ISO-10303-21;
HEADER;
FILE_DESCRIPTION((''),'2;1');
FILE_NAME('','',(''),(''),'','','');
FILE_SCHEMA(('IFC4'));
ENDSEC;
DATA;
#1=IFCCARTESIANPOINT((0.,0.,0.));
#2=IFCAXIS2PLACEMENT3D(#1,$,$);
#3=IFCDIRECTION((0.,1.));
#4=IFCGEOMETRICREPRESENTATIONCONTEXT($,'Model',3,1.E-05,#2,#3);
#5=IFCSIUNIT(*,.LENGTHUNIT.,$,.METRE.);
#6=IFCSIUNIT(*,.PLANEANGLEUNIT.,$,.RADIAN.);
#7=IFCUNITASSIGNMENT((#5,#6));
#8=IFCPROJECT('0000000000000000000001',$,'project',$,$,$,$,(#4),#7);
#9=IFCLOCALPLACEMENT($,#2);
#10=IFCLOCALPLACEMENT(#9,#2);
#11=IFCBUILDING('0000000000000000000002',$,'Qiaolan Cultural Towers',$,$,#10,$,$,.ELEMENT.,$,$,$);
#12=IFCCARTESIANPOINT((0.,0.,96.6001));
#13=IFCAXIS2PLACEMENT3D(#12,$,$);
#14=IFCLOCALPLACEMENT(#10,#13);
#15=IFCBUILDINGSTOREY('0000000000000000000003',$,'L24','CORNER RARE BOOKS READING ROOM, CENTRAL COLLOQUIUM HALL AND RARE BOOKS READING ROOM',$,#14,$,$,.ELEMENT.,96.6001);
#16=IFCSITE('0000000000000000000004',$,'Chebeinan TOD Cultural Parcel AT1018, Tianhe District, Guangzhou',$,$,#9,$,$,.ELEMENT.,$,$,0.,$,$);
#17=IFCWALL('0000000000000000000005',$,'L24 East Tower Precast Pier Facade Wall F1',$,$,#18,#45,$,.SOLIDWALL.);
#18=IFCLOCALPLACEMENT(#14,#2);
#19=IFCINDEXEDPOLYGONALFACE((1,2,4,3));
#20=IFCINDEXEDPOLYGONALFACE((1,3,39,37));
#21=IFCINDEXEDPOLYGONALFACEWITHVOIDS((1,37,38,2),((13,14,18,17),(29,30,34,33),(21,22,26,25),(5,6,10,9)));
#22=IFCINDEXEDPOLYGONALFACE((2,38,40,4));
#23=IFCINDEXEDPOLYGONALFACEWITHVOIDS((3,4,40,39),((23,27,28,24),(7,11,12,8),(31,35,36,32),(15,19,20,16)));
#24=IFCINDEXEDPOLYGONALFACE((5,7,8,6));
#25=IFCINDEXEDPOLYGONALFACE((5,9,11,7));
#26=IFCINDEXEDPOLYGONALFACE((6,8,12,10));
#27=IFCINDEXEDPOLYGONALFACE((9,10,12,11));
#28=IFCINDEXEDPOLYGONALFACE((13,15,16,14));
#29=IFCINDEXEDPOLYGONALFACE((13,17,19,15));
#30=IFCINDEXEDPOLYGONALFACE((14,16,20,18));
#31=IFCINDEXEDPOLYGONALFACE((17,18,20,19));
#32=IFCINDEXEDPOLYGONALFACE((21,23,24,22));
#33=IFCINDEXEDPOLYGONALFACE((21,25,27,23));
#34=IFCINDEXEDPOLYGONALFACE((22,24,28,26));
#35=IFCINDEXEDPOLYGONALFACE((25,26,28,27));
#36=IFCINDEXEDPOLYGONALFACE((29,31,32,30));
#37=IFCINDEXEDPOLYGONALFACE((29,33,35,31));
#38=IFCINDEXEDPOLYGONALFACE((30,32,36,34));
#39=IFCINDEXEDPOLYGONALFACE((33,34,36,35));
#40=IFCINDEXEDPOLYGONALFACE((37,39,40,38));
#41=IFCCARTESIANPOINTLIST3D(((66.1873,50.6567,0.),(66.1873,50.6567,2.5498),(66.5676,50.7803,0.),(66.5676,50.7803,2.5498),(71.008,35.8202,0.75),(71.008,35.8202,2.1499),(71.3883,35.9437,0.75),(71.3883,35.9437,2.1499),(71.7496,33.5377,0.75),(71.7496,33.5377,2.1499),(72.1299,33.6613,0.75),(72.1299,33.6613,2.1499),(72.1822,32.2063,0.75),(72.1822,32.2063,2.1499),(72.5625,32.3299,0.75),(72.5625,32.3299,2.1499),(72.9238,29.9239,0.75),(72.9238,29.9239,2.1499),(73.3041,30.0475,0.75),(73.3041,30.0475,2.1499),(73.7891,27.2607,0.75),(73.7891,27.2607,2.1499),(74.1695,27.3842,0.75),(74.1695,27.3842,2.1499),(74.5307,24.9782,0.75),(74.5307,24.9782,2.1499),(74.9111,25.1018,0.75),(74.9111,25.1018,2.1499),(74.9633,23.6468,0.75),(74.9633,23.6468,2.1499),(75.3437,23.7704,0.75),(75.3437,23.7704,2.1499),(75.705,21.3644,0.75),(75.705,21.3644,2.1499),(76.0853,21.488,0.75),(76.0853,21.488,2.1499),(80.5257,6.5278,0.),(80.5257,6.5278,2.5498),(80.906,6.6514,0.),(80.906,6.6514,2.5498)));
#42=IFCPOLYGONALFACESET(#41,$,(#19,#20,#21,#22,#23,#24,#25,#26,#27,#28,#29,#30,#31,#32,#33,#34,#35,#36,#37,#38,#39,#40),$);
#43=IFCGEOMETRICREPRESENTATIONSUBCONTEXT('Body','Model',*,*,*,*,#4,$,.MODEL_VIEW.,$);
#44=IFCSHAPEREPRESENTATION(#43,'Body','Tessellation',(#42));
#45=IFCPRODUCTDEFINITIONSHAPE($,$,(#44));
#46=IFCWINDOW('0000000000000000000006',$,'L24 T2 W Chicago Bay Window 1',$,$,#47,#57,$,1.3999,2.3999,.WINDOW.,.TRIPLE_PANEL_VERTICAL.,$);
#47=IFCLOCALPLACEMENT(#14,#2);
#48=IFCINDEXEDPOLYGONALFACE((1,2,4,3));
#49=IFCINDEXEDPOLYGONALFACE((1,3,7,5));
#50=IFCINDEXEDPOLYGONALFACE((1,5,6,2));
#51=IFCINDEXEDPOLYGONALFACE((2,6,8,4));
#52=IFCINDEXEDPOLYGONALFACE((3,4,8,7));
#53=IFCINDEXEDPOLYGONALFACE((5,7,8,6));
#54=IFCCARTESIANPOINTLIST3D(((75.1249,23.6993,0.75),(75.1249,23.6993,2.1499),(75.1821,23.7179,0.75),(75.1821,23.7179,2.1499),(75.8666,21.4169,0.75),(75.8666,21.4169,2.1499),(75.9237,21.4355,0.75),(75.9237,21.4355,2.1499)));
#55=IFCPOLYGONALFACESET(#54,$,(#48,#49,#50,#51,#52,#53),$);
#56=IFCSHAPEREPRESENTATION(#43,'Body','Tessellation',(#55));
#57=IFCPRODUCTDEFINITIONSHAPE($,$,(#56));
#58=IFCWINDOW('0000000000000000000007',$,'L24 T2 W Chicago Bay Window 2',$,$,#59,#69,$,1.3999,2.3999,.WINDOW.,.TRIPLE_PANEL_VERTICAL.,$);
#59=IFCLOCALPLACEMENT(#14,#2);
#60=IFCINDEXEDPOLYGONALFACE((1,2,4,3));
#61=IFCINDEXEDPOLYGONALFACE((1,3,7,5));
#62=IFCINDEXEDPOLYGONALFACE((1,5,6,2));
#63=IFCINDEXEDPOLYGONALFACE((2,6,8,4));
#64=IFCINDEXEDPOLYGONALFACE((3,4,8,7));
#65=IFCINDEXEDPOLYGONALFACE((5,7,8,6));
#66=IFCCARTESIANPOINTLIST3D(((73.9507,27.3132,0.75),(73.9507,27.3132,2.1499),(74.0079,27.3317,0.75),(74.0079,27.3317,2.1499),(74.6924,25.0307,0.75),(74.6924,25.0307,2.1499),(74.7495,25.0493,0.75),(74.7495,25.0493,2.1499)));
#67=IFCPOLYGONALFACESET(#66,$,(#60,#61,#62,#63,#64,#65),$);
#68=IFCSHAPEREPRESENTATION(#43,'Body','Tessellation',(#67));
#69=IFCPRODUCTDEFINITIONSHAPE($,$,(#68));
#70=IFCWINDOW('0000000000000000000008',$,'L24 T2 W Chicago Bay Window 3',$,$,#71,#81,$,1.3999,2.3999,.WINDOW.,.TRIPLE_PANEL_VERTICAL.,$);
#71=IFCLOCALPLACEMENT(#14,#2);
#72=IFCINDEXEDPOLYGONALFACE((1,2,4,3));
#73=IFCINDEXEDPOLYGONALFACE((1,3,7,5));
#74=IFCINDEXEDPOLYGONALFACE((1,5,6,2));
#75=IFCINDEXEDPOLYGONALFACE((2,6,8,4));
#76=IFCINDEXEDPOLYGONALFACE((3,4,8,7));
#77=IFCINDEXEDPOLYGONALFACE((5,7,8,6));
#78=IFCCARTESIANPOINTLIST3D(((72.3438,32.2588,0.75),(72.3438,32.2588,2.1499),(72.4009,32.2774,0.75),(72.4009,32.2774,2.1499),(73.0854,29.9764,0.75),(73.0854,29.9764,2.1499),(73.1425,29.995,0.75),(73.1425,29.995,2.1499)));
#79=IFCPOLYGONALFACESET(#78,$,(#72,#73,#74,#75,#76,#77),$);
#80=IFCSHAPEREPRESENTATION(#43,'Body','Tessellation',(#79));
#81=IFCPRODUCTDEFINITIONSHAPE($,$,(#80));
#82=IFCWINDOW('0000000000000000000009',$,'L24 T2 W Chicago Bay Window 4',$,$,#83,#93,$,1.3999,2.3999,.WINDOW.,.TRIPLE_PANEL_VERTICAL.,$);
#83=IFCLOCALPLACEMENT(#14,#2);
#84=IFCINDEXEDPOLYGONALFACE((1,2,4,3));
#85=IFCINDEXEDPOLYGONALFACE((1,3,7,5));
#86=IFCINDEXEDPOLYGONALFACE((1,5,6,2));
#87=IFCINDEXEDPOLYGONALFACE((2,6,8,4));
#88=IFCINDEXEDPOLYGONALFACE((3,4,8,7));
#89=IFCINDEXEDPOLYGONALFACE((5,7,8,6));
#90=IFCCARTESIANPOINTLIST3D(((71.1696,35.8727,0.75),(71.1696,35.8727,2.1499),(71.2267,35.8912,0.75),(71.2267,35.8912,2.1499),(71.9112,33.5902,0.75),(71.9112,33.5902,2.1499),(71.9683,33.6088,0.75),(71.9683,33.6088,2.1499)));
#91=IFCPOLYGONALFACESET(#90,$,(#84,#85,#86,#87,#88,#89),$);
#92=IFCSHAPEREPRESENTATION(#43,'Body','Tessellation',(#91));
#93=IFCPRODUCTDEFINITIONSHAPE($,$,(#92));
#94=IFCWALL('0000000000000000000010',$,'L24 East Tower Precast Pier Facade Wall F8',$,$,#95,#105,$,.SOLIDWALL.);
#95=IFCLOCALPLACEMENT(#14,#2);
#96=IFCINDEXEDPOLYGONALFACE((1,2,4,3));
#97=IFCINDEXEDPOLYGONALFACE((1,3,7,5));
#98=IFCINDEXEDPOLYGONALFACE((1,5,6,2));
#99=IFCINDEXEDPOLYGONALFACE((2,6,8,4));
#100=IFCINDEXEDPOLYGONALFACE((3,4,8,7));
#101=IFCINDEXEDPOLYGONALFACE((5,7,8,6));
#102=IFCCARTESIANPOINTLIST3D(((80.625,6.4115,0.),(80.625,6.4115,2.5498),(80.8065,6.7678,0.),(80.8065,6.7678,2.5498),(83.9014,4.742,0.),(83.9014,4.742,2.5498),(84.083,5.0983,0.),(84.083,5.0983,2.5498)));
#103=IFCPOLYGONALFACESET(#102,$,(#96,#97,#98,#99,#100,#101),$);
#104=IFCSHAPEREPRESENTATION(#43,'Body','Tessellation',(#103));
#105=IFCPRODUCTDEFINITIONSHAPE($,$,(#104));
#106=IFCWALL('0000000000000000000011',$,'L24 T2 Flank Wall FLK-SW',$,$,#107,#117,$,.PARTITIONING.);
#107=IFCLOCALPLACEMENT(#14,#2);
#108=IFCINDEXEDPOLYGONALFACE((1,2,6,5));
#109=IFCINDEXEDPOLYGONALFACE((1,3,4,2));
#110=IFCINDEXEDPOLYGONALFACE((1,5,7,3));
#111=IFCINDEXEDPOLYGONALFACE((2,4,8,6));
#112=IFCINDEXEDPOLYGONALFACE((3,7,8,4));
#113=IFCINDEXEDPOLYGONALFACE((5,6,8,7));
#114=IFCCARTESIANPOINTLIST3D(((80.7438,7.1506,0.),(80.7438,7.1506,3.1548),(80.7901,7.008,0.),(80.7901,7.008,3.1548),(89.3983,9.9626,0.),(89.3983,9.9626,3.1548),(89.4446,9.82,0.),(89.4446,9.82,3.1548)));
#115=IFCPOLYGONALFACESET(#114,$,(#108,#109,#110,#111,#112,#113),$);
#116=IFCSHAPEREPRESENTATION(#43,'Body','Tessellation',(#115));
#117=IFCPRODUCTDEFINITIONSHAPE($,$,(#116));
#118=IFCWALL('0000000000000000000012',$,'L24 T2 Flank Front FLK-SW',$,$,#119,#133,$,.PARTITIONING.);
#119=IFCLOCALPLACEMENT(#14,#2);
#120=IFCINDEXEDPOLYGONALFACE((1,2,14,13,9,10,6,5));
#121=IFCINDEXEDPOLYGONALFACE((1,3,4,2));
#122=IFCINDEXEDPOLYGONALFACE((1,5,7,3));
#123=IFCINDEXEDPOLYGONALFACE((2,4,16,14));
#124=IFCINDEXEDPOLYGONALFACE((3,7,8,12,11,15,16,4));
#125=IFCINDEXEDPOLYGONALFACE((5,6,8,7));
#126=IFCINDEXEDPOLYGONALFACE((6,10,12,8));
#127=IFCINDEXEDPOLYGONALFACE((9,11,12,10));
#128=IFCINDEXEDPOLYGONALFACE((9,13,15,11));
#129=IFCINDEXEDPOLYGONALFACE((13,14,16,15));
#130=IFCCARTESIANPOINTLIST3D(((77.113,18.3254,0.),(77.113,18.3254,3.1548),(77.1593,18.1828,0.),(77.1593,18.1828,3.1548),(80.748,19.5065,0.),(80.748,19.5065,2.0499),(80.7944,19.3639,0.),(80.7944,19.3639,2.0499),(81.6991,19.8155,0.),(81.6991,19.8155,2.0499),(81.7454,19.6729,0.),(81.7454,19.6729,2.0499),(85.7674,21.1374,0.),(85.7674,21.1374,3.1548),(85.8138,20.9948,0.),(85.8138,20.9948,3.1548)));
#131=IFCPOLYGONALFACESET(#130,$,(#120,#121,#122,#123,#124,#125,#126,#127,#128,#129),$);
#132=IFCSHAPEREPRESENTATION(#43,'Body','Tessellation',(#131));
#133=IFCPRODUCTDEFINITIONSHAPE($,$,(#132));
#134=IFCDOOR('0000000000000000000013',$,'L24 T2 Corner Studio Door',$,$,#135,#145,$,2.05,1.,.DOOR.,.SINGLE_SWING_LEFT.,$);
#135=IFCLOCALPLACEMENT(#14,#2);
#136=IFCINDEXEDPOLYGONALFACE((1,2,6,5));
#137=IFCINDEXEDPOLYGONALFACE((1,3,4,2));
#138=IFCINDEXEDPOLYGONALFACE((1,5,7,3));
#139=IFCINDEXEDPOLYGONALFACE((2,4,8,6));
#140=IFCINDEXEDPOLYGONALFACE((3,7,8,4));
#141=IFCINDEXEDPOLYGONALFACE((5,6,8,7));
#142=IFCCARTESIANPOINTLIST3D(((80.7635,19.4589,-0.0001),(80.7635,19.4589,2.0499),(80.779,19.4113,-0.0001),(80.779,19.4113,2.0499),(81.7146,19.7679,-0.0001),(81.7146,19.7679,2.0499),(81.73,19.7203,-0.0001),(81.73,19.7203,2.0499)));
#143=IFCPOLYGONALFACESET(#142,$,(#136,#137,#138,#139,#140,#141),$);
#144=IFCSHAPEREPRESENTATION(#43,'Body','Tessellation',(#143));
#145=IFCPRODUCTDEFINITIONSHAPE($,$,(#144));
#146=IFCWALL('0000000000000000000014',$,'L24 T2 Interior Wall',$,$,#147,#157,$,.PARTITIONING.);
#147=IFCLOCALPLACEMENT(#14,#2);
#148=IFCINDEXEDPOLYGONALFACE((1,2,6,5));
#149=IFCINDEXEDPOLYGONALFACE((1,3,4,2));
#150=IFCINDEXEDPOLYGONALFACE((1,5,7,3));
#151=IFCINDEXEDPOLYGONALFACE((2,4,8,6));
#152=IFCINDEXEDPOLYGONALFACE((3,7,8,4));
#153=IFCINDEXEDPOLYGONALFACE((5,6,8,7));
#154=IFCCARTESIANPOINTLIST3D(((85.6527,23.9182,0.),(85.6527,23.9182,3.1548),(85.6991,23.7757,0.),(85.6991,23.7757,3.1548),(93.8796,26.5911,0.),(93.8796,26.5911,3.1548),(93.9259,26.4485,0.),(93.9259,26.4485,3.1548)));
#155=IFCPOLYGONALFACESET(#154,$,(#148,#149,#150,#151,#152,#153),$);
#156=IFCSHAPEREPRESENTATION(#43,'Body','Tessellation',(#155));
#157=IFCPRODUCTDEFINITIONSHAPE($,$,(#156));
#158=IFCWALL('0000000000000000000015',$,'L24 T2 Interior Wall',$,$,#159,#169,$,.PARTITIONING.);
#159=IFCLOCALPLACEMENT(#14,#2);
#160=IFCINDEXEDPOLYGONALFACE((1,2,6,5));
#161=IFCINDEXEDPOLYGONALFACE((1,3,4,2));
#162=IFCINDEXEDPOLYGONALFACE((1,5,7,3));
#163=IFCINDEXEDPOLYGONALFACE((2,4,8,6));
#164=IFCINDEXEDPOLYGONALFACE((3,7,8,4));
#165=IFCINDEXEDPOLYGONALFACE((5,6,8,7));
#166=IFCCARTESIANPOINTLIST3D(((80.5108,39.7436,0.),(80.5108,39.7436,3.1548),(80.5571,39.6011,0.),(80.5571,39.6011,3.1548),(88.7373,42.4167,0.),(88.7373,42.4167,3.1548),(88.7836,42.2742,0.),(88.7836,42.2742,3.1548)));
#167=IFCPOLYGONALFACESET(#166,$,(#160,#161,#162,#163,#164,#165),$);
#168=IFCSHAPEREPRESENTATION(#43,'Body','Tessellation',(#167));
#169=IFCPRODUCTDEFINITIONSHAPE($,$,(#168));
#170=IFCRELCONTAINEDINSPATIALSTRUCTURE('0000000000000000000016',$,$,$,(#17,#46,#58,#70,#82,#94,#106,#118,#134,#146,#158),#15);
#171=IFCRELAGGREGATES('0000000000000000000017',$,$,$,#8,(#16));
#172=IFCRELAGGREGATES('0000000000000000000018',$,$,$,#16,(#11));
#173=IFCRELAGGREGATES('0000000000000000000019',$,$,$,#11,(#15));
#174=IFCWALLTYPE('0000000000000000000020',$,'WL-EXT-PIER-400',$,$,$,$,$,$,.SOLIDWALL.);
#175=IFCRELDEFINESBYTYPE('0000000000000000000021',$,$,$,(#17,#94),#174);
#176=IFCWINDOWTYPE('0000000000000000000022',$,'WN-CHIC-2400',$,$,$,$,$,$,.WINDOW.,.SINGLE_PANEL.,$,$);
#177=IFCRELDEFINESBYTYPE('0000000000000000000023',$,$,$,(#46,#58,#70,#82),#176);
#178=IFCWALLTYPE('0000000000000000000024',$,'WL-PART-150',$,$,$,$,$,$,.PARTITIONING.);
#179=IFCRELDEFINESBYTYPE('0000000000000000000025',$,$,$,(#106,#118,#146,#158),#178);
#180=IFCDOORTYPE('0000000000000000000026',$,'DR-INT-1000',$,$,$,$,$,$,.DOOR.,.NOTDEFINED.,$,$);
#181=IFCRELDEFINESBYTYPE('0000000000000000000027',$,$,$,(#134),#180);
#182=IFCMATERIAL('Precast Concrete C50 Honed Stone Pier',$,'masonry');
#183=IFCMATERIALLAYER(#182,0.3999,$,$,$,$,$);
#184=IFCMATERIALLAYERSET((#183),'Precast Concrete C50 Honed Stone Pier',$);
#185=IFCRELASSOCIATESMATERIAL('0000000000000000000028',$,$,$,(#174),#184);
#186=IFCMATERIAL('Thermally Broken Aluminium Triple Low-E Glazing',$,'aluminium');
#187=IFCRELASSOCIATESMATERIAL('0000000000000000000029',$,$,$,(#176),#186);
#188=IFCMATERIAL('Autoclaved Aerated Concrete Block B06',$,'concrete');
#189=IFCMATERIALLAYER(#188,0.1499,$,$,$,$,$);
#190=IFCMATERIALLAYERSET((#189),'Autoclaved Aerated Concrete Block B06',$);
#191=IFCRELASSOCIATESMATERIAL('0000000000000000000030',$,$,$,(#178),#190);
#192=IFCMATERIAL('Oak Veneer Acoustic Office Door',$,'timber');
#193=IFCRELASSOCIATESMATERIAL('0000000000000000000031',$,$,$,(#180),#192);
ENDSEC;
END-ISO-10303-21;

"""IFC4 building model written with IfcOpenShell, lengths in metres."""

from ifc_helpers import new_model, si_unit, direction, frame, frame_2d, origin, place, context, subcontext, project, spatial, rectangle, extrude, material, layer, layer_set, type_object, element, fill, save


model = new_model("IFC4")

# Units and contexts
model_context = context("Model", 3, precision=1e-05, world=origin(), true_north=direction((0.0, 1.0)))
body_context = subcontext(model_context, "Body", "Model", "MODEL_VIEW")
ifc_project = project(units=[si_unit("LENGTHUNIT", "METRE"), si_unit("PLANEANGLEUNIT", "RADIAN")], contexts=[model_context])

# Site, building, storey
site_placement = place(None, origin())
site = spatial("IfcSite", under=ifc_project, at=site_placement, Name="Chebeinan TOD Cultural Parcel AT1018, Tianhe District, Guangzhou", CompositionType="ELEMENT", RefElevation=0.0)
building_placement = place(site_placement, origin())
building = spatial("IfcBuilding", under=site, at=building_placement, Name="Qiaolan Cultural Towers", CompositionType="ELEMENT")
storey_placement = place(building_placement, frame((0.0, 0.0, 96.6001)))
storey = spatial("IfcBuildingStorey", under=building, at=storey_placement, Name="L24", Description="CORNER RARE BOOKS READING ROOM, CENTRAL COLLOQUIUM HALL AND RARE BOOKS READING ROOM", CompositionType="ELEMENT", Elevation=96.6001)

# Wall, openings, windows
ifc_material_1 = material(Name="Precast Concrete C50 Honed Stone Pier", Category="masonry")
ifc_layer_1 = layer(ifc_material_1, 0.3999)
ifc_layer_set_1 = layer_set([ifc_layer_1], Name="Precast Concrete C50 Honed Stone Pier")
wall_type_1 = type_object("IfcWallType", Name="WL-EXT-PIER-400", PredefinedType="SOLIDWALL", material=ifc_layer_set_1)
wall_1_placement = place(storey_placement, frame((80.7158, 6.5896, 0.0), z_axis=(0.0, 0.0, 1.0), x_axis=(-0.309018, 0.951056, 0.0)))
wall_1 = element("IfcWall", 1, at=wall_1_placement, inside=storey, type_object=wall_type_1, Name="L24 East Tower Precast Pier Facade Wall F1", PredefinedType="SOLIDWALL", context=body_context, shape_type="SweptSolid", body=[
    extrude(rectangle(XDim=46.3999, YDim=0.3999, at=frame_2d((23.2, 0.0))), origin(), (0.0, 0.0, 1.0), 2.5498),
])
opening_1_placement = place(wall_1_placement, frame((15.6001, 0.0, 0.75)))
opening_1 = element("IfcOpeningElement", 2, at=opening_1_placement, cuts=wall_1, PredefinedType="OPENING", context=body_context, shape_type="SweptSolid", body=[
    extrude(rectangle(XDim=2.3999, YDim=1.3999, at=frame_2d((1.2, 0.7))), frame((0.0, 0.21, 0.0), z_axis=(0.0, -1.0, 0.0), x_axis=(1.0, 0.0, 0.0)), (0.0, 0.0, 1.0), 0.4199),
])
opening_2_placement = place(wall_1_placement, frame((19.3999, 0.0, 0.75)))
opening_2 = element("IfcOpeningElement", 3, at=opening_2_placement, cuts=wall_1, PredefinedType="OPENING", context=body_context, shape_type="SweptSolid", body=[
    extrude(rectangle(XDim=2.3999, YDim=1.3999, at=frame_2d((1.2, 0.7))), frame((0.0, 0.21, 0.0), z_axis=(0.0, -1.0, 0.0), x_axis=(1.0, 0.0, 0.0)), (0.0, 0.0, 1.0), 0.4199),
])
opening_3_placement = place(wall_1_placement, frame((24.6001, 0.0, 0.75)))
opening_3 = element("IfcOpeningElement", 4, at=opening_3_placement, cuts=wall_1, PredefinedType="OPENING", context=body_context, shape_type="SweptSolid", body=[
    extrude(rectangle(XDim=2.3999, YDim=1.3999, at=frame_2d((1.2, 0.7))), frame((0.0, 0.21, 0.0), z_axis=(0.0, -1.0, 0.0), x_axis=(1.0, 0.0, 0.0)), (0.0, 0.0, 1.0), 0.4199),
])
opening_4_placement = place(wall_1_placement, frame((28.3999, 0.0, 0.75)))
opening_4 = element("IfcOpeningElement", 5, at=opening_4_placement, cuts=wall_1, PredefinedType="OPENING", context=body_context, shape_type="SweptSolid", body=[
    extrude(rectangle(XDim=2.3999, YDim=1.3999, at=frame_2d((1.2, 0.7))), frame((0.0, 0.21, 0.0), z_axis=(0.0, -1.0, 0.0), x_axis=(1.0, 0.0, 0.0)), (0.0, 0.0, 1.0), 0.4199),
])
ifc_material_2 = material(Name="Thermally Broken Aluminium Triple Low-E Glazing", Category="aluminium")
window_type = type_object("IfcWindowType", Name="WN-CHIC-2400", PartitioningType="SINGLE_PANEL", PredefinedType="WINDOW", material=ifc_material_2)
window_1_placement = place(opening_1_placement, origin())
window_1 = element("IfcWindow", 6, at=window_1_placement, inside=storey, type_object=window_type, Name="L24 T2 W Chicago Bay Window 1", OverallHeight=1.3999, OverallWidth=2.3999, PartitioningType="TRIPLE_PANEL_VERTICAL", PredefinedType="WINDOW", context=body_context, shape_type="SweptSolid", body=[
    extrude(rectangle(XDim=2.3999, YDim=1.3999, at=frame_2d((1.2, 0.7))), frame((0.0, 0.03, 0.0), z_axis=(0.0, -1.0, 0.0), x_axis=(1.0, 0.0, 0.0)), (0.0, 0.0, 1.0), 0.0601),
])
fill(opening_1, window_1)
window_2_placement = place(opening_2_placement, origin())
window_2 = element("IfcWindow", 7, at=window_2_placement, inside=storey, type_object=window_type, Name="L24 T2 W Chicago Bay Window 2", OverallHeight=1.3999, OverallWidth=2.3999, PartitioningType="TRIPLE_PANEL_VERTICAL", PredefinedType="WINDOW", context=body_context, shape_type="SweptSolid", body=[
    extrude(rectangle(XDim=2.3999, YDim=1.3999, at=frame_2d((1.2, 0.7))), frame((0.0, 0.03, 0.0), z_axis=(0.0, -1.0, 0.0), x_axis=(1.0, 0.0, 0.0)), (0.0, 0.0, 1.0), 0.0601),
])
fill(opening_2, window_2)
window_3_placement = place(opening_3_placement, origin())
window_3 = element("IfcWindow", 8, at=window_3_placement, inside=storey, type_object=window_type, Name="L24 T2 W Chicago Bay Window 3", OverallHeight=1.3999, OverallWidth=2.3999, PartitioningType="TRIPLE_PANEL_VERTICAL", PredefinedType="WINDOW", context=body_context, shape_type="SweptSolid", body=[
    extrude(rectangle(XDim=2.3999, YDim=1.3999, at=frame_2d((1.2, 0.7))), frame((0.0, 0.03, 0.0), z_axis=(0.0, -1.0, 0.0), x_axis=(1.0, 0.0, 0.0)), (0.0, 0.0, 1.0), 0.0601),
])
fill(opening_3, window_3)
window_4_placement = place(opening_4_placement, origin())
window_4 = element("IfcWindow", 9, at=window_4_placement, inside=storey, type_object=window_type, Name="L24 T2 W Chicago Bay Window 4", OverallHeight=1.3999, OverallWidth=2.3999, PartitioningType="TRIPLE_PANEL_VERTICAL", PredefinedType="WINDOW", context=body_context, shape_type="SweptSolid", body=[
    extrude(rectangle(XDim=2.3999, YDim=1.3999, at=frame_2d((1.2, 0.7))), frame((0.0, 0.03, 0.0), z_axis=(0.0, -1.0, 0.0), x_axis=(1.0, 0.0, 0.0)), (0.0, 0.0, 1.0), 0.0601),
])
fill(opening_4, window_4)

# Walls
wall_2_placement = place(storey_placement, frame((83.9922, 4.9202, 0.0), z_axis=(0.0, 0.0, 1.0), x_axis=(-0.891002, 0.453999, 0.0)))
element("IfcWall", 10, at=wall_2_placement, inside=storey, type_object=wall_type_1, Name="L24 East Tower Precast Pier Facade Wall F8", PredefinedType="SOLIDWALL", context=body_context, shape_type="SweptSolid", body=[
    extrude(rectangle(XDim=3.6772, YDim=0.3999, at=frame_2d((1.8386, 0.0))), origin(), (0.0, 0.0, 1.0), 2.5498),
])
ifc_material_3 = material(Name="Autoclaved Aerated Concrete Block B06", Category="concrete")
ifc_layer_2 = layer(ifc_material_3, 0.1499)
ifc_layer_set_2 = layer_set([ifc_layer_2], Name="Autoclaved Aerated Concrete Block B06")
wall_type_2 = type_object("IfcWallType", Name="WL-PART-150", PredefinedType="PARTITIONING", material=ifc_layer_set_2)
wall_3_placement = place(storey_placement, frame((80.7671, 7.0793, 0.0), z_axis=(0.0, 0.0, 1.0), x_axis=(0.951057, 0.309015, 0.0)))
element("IfcWall", 11, at=wall_3_placement, inside=storey, type_object=wall_type_2, Name="L24 T2 Flank Wall FLK-SW", PredefinedType="PARTITIONING", context=body_context, shape_type="SweptSolid", body=[
    extrude(rectangle(XDim=9.0999, YDim=0.1499, at=frame_2d((4.5498, 0.0))), origin(), (0.0, 0.0, 1.0), 3.1548),
])

# Wall, opening, door
wall_4_placement = place(storey_placement, frame((77.1362, 18.2542, 0.0), z_axis=(0.0, 0.0, 1.0), x_axis=(0.951057, 0.309015, 0.0)))
wall_4 = element("IfcWall", 12, at=wall_4_placement, inside=storey, type_object=wall_type_2, Name="L24 T2 Flank Front FLK-SW", PredefinedType="PARTITIONING", context=body_context, shape_type="SweptSolid", body=[
    extrude(rectangle(XDim=9.0999, YDim=0.1499, at=frame_2d((4.5498, 0.0))), origin(), (0.0, 0.0, 1.0), 3.1548),
])
opening_5_placement = place(wall_4_placement, frame((3.822, 0.0, 0.0)))
opening_5 = element("IfcOpeningElement", 13, at=opening_5_placement, cuts=wall_4, PredefinedType="OPENING", context=body_context, shape_type="SweptSolid", body=[
    extrude(rectangle(XDim=1.0, YDim=2.05, at=frame_2d((0.5, 1.0249))), frame((0.0, 0.085, 0.0), z_axis=(0.0, -1.0, 0.0), x_axis=(1.0, 0.0, 0.0)), (0.0, 0.0, 1.0), 0.1699),
])
ifc_material_4 = material(Name="Oak Veneer Acoustic Office Door", Category="timber")
door_type_1 = type_object("IfcDoorType", Name="DR-INT-1000", OperationType="NOTDEFINED", PredefinedType="DOOR", material=ifc_material_4)
door_1_placement = place(opening_5_placement, origin())
door_1 = element("IfcDoor", 14, at=door_1_placement, inside=storey, type_object=door_type_1, Name="L24 T2 Corner Studio Door", OperationType="SINGLE_SWING_LEFT", OverallHeight=2.05, OverallWidth=1.0, PredefinedType="DOOR", context=body_context, shape_type="SweptSolid", body=[
    extrude(rectangle(XDim=1.0, YDim=2.05, at=frame_2d((0.5, 1.0249))), frame((0.0, 0.0249, 0.0), z_axis=(0.0, -1.0, 0.0), x_axis=(1.0, 0.0, 0.0)), (0.0, 0.0, 1.0), 0.05),
])
fill(opening_5, door_1)

# Walls
wall_5_placement = place(storey_placement, frame((85.6758, 23.8469, 0.0), z_axis=(0.0, 0.0, 1.0), x_axis=(0.951063, 0.308996, 0.0)))
element("IfcWall", 15, at=wall_5_placement, inside=storey, type_object=wall_type_2, Name="L24 T2 Interior Wall", PredefinedType="PARTITIONING", context=body_context, shape_type="SweptSolid", body=[
    extrude(rectangle(XDim=8.6501, YDim=0.1499, at=frame_2d((4.3252, 0.0))), origin(), (0.0, 0.0, 1.0), 3.1548),
])
wall_6_placement = place(storey_placement, frame((80.5339, 39.6724, 0.0), z_axis=(0.0, 0.0, 1.0), x_axis=(0.951052, 0.30903, 0.0)))
element("IfcWall", 16, at=wall_6_placement, inside=storey, type_object=wall_type_2, Name="L24 T2 Interior Wall", PredefinedType="PARTITIONING", context=body_context, shape_type="SweptSolid", body=[
    extrude(rectangle(XDim=8.6499, YDim=0.1499, at=frame_2d((4.325, 0.0))), origin(), (0.0, 0.0, 1.0), 3.1548),
])

save(model, "model.ifc")
